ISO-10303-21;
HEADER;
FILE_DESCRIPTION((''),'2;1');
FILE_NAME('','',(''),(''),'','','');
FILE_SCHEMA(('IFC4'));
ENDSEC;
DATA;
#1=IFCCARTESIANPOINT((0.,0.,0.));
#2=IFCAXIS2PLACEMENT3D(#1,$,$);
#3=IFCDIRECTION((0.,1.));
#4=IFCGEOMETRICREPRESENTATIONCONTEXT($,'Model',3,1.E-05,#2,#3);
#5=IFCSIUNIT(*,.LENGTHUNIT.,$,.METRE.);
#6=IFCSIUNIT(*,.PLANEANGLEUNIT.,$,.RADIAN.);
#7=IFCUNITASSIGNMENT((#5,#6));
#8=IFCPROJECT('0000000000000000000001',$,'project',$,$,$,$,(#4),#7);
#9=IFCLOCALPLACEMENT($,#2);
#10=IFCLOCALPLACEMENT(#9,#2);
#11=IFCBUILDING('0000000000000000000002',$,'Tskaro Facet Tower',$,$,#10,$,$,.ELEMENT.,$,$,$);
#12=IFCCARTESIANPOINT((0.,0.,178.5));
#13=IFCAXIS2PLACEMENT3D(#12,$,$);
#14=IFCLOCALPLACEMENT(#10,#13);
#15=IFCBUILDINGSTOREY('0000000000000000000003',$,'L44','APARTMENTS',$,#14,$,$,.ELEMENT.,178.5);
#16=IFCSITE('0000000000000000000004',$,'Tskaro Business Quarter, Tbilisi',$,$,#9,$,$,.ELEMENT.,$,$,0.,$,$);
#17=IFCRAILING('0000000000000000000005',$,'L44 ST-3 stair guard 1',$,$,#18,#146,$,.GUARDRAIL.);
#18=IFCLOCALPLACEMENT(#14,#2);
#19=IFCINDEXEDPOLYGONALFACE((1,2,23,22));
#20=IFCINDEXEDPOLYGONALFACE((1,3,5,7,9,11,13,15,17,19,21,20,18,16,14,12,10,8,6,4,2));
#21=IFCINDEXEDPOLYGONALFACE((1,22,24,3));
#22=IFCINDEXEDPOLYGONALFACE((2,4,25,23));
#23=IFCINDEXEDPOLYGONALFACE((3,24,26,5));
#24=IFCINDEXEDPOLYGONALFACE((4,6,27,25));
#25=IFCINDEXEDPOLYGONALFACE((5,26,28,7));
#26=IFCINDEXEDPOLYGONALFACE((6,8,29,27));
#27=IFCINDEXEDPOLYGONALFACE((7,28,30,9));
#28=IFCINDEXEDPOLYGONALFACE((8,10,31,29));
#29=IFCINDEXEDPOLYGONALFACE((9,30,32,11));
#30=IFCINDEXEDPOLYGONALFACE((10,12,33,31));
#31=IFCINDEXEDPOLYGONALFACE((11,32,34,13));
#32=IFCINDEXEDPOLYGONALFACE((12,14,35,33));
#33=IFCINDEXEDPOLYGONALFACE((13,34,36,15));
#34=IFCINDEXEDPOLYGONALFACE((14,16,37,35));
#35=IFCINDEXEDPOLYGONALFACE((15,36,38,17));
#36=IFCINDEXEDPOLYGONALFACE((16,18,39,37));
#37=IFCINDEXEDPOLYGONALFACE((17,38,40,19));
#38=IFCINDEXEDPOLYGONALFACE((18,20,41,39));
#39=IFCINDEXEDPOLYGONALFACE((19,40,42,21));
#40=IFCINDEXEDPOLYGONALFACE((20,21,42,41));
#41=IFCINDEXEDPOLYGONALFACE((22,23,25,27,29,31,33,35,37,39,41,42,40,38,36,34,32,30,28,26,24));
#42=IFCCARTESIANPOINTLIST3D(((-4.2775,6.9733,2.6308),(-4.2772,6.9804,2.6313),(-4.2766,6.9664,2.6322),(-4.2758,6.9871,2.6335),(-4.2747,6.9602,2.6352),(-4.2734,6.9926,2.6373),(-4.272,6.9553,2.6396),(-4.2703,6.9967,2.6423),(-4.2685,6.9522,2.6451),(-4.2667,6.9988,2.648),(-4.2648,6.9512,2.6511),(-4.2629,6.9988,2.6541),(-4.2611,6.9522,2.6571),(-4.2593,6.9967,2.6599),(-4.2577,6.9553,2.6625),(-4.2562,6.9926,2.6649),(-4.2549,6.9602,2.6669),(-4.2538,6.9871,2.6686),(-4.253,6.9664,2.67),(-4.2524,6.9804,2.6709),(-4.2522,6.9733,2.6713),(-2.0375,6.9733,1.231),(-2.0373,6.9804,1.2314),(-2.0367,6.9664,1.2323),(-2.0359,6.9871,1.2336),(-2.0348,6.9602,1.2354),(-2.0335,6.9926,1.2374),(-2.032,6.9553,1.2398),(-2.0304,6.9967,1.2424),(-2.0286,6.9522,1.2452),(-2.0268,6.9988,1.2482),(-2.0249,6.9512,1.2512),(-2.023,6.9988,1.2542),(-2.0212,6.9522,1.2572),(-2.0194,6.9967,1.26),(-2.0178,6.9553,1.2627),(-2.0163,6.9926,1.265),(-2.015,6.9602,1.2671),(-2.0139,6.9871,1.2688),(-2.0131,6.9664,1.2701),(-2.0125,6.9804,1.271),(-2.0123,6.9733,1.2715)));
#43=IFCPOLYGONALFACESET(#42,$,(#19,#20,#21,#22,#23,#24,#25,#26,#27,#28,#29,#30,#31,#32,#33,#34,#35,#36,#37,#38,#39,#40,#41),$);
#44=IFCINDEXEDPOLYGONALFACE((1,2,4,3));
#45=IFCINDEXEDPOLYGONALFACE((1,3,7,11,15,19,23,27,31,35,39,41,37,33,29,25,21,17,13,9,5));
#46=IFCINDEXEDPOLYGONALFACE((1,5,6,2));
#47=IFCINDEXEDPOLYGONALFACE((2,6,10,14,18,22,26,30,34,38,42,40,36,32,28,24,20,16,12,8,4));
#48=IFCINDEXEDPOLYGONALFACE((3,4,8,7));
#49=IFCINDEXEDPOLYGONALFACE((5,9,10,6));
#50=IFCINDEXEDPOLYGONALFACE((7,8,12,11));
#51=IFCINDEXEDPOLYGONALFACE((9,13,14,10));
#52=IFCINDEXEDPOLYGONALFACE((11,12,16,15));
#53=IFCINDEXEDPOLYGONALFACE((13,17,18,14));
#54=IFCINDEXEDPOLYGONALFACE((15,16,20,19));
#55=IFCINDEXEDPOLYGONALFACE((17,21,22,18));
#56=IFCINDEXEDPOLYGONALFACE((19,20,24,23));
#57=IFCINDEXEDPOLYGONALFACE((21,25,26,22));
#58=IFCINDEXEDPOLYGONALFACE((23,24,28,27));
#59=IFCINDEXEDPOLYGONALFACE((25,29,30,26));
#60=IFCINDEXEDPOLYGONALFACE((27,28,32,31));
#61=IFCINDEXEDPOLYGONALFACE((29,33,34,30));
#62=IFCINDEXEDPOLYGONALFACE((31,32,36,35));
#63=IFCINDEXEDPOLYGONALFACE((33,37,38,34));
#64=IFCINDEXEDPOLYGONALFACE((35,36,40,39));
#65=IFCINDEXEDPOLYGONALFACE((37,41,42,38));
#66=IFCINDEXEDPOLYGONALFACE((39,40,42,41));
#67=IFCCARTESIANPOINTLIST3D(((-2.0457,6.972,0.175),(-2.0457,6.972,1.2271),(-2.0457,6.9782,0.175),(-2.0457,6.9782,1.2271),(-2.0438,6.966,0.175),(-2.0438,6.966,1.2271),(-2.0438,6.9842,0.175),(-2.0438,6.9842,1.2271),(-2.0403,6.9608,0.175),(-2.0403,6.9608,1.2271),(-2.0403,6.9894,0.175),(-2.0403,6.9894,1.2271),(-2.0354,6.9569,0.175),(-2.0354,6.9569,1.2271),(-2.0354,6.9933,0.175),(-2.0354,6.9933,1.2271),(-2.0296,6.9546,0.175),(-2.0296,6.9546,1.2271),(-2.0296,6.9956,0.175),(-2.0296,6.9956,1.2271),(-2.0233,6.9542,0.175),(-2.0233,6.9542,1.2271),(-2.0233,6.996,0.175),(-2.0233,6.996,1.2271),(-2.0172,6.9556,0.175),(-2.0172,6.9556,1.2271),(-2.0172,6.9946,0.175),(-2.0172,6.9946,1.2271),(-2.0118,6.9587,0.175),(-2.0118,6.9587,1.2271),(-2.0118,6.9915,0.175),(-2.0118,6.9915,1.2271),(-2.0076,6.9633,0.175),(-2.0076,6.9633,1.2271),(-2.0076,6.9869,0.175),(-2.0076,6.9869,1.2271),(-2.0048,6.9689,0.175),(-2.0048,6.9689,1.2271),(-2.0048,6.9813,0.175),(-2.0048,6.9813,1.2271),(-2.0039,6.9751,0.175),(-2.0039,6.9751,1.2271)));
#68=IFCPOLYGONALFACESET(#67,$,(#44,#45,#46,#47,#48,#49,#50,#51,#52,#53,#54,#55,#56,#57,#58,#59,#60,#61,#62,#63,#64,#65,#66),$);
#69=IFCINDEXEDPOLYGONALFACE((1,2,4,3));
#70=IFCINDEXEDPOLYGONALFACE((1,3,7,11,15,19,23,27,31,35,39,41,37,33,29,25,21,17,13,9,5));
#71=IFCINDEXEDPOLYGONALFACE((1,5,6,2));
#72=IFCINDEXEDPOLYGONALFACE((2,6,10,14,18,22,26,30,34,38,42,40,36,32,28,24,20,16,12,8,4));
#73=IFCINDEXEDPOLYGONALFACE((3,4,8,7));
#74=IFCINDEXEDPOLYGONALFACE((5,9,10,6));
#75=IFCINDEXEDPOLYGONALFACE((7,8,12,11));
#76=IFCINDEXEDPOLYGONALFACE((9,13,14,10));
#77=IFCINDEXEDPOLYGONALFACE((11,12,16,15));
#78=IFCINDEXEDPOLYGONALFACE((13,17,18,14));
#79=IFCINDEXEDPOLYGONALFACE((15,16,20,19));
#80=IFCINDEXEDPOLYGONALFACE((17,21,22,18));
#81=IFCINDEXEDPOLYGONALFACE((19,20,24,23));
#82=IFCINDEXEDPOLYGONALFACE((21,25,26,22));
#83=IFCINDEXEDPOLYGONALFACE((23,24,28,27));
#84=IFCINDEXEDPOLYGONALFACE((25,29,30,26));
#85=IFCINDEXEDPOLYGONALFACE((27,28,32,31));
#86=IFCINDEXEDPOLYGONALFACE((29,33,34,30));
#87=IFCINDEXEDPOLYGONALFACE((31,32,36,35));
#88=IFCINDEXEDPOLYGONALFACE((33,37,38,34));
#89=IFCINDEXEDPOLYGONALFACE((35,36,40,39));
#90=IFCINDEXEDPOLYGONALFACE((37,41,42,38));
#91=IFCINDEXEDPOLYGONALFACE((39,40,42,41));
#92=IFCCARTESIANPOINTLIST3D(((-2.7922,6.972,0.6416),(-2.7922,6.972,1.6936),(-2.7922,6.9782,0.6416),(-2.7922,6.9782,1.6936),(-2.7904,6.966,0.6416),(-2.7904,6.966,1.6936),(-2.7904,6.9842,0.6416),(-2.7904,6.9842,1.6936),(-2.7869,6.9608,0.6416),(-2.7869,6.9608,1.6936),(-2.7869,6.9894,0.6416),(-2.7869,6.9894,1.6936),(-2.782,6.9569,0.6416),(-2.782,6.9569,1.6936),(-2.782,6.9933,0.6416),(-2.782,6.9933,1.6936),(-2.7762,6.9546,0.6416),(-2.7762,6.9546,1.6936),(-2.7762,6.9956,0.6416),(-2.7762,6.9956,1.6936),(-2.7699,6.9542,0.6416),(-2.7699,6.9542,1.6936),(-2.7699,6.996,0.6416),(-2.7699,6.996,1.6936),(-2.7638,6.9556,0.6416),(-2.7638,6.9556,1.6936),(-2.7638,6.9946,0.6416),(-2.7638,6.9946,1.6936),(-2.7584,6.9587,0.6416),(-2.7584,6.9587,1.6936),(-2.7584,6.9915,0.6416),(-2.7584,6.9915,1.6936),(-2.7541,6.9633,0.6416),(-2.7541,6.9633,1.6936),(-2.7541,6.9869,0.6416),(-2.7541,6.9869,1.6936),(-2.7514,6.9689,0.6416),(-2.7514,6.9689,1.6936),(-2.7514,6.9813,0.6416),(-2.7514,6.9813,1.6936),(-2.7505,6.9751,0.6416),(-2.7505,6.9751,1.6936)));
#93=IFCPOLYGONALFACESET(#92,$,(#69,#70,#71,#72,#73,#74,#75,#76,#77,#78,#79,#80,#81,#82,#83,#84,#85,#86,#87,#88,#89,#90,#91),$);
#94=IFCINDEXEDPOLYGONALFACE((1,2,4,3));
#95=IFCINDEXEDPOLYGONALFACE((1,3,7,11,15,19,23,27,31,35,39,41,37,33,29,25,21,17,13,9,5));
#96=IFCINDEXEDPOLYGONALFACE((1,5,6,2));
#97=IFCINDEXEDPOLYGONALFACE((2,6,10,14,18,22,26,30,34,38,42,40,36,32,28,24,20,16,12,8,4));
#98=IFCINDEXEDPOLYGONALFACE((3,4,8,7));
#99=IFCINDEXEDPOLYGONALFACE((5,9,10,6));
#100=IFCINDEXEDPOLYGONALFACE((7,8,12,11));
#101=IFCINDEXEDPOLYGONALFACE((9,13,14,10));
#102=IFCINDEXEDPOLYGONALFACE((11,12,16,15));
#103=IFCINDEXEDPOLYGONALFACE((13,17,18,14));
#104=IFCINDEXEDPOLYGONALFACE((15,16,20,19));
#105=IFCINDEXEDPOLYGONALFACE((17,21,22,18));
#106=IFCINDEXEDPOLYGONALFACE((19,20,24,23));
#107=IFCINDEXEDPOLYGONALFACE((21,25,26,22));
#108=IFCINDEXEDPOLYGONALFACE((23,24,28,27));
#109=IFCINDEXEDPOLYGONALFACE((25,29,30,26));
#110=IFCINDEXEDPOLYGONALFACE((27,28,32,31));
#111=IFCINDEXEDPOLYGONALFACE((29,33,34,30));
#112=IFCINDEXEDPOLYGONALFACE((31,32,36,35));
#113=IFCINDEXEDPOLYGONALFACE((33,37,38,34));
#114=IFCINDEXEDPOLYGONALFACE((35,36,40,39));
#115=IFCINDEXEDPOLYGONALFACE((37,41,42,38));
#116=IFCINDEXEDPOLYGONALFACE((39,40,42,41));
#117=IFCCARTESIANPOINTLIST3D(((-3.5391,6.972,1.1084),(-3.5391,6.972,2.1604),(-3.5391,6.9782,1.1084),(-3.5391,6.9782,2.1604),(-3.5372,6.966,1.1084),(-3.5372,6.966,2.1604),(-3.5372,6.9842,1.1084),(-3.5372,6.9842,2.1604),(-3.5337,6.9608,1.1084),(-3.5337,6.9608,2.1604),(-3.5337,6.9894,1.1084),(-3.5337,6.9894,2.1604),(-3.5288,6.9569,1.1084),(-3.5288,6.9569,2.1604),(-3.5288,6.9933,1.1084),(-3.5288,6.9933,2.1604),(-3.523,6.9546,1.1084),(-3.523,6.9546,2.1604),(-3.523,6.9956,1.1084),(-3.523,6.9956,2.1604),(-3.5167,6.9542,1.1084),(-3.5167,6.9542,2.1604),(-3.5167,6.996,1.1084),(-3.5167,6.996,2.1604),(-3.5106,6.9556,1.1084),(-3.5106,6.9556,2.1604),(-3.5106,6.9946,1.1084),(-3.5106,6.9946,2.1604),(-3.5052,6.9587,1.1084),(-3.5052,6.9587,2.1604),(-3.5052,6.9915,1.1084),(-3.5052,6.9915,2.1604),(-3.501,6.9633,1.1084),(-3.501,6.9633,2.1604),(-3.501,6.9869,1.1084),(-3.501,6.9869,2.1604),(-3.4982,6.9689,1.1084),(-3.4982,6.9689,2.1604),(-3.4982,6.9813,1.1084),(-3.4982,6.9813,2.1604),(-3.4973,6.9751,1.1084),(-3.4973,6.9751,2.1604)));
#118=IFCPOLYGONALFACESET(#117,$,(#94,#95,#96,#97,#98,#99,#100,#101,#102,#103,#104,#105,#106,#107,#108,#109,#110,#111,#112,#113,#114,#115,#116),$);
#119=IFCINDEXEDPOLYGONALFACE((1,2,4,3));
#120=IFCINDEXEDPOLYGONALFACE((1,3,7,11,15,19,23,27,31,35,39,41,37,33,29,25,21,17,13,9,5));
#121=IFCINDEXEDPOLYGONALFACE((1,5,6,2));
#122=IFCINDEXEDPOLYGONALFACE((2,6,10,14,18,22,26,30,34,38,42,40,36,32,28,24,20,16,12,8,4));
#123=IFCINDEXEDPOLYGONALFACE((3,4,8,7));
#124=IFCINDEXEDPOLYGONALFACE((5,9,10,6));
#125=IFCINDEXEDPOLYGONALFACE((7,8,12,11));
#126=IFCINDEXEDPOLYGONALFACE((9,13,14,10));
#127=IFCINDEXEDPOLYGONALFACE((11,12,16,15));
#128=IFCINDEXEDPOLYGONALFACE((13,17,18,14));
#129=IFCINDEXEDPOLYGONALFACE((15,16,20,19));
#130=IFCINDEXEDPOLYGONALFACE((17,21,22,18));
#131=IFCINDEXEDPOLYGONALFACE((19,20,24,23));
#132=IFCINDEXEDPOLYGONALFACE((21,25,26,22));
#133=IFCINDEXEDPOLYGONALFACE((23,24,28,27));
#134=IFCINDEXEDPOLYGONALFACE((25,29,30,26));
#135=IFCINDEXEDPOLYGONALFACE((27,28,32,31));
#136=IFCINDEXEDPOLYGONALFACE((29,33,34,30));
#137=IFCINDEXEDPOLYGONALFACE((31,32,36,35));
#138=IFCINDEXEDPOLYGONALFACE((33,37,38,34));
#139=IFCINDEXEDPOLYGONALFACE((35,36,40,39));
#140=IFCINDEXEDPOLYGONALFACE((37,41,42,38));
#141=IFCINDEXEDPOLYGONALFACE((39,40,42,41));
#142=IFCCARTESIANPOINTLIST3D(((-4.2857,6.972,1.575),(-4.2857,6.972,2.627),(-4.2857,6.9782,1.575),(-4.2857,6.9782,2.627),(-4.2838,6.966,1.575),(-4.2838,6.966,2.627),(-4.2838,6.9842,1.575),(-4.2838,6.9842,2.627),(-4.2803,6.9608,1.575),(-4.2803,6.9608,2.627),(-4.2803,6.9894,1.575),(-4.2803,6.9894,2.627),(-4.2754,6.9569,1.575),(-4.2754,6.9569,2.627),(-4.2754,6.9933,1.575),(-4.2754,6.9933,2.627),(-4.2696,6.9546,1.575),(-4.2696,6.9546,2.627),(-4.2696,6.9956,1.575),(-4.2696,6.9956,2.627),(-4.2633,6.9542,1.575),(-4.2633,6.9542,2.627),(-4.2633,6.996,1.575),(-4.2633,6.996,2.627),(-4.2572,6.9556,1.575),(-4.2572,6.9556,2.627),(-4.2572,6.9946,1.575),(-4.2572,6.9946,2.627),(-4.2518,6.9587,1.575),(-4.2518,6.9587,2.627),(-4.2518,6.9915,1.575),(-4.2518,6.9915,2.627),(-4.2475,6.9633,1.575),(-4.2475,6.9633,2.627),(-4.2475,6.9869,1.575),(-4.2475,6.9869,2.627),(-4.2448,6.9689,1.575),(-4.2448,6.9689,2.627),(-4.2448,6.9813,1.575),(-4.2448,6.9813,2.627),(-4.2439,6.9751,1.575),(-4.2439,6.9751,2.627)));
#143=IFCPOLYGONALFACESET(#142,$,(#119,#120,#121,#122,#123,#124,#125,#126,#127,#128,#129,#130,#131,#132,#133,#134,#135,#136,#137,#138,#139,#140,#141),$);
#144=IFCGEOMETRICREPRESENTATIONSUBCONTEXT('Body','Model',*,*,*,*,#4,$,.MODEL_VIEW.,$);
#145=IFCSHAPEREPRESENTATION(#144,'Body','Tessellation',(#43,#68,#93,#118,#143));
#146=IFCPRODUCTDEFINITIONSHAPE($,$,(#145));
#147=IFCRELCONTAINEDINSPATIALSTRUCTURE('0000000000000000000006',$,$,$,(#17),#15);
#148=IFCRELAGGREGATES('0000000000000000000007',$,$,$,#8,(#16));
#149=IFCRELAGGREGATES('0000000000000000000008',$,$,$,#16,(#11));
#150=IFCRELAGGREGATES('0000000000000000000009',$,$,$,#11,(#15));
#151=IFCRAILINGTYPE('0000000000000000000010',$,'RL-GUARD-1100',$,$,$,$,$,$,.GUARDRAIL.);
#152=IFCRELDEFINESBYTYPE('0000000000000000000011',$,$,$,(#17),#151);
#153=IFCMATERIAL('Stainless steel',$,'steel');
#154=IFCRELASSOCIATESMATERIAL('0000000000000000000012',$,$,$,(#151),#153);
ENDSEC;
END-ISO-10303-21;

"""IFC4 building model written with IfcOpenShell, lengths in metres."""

from ifc_helpers import new_model, si_unit, direction, frame, origin, origin_2d, place, context, subcontext, project, spatial, circle, extrude, material, type_object, element, save


model = new_model("IFC4")

# Units and contexts
model_context = context("Model", 3, precision=1e-05, world=origin(), true_north=direction((0.0, 1.0)))
body_context = subcontext(model_context, "Body", "Model", "MODEL_VIEW")
ifc_project = project(units=[si_unit("LENGTHUNIT", "METRE"), si_unit("PLANEANGLEUNIT", "RADIAN")], contexts=[model_context])

# Site, building, storey
site_placement = place(None, origin())
site = spatial("IfcSite", under=ifc_project, at=site_placement, Name="Tskaro Business Quarter, Tbilisi", CompositionType="ELEMENT", RefElevation=0.0)
building_placement = place(site_placement, origin())
building = spatial("IfcBuilding", under=site, at=building_placement, Name="Tskaro Facet Tower", CompositionType="ELEMENT")
storey_placement = place(building_placement, frame((0.0, 0.0, 178.5)))
storey = spatial("IfcBuildingStorey", under=building, at=storey_placement, Name="L44", Description="APARTMENTS", CompositionType="ELEMENT", Elevation=178.5)

# Railing
ifc_material_1 = material(Name="Stainless steel", Category="steel")
railing_type_1 = type_object("IfcRailingType", Name="RL-GUARD-1100", PredefinedType="GUARDRAIL", material=ifc_material_1)
railing_1_placement = place(storey_placement, frame((-2.0249, 6.9751, 0.175)))
element("IfcRailing", 1, at=railing_1_placement, inside=storey, type_object=railing_type_1, Name="L44 ST-3 stair guard 1", PredefinedType="GUARDRAIL", context=body_context, shape_type="SweptSolid", body=[
    extrude(circle(Radius=0.0239, at=origin_2d()), frame((0.0, 0.0, 1.0762), z_axis=(-0.848014, 0.0, 0.529974), x_axis=(0.0, -1.0, 0.0)), (0.0, 0.0, 1.0), 2.6414),
    extrude(circle(Radius=0.021, at=origin_2d()), origin(), (0.0, 0.0, 1.0), 1.052),
    extrude(circle(Radius=0.021, at=origin_2d()), frame((-0.7466, 0.0, 0.4666)), (0.0, 0.0, 1.0), 1.052),
    extrude(circle(Radius=0.021, at=origin_2d()), frame((-1.4934, 0.0, 0.9333)), (0.0, 0.0, 1.0), 1.052),
    extrude(circle(Radius=0.021, at=origin_2d()), frame((-2.24, 0.0, 1.3999)), (0.0, 0.0, 1.0), 1.052),
])

save(model, "model.ifc")
